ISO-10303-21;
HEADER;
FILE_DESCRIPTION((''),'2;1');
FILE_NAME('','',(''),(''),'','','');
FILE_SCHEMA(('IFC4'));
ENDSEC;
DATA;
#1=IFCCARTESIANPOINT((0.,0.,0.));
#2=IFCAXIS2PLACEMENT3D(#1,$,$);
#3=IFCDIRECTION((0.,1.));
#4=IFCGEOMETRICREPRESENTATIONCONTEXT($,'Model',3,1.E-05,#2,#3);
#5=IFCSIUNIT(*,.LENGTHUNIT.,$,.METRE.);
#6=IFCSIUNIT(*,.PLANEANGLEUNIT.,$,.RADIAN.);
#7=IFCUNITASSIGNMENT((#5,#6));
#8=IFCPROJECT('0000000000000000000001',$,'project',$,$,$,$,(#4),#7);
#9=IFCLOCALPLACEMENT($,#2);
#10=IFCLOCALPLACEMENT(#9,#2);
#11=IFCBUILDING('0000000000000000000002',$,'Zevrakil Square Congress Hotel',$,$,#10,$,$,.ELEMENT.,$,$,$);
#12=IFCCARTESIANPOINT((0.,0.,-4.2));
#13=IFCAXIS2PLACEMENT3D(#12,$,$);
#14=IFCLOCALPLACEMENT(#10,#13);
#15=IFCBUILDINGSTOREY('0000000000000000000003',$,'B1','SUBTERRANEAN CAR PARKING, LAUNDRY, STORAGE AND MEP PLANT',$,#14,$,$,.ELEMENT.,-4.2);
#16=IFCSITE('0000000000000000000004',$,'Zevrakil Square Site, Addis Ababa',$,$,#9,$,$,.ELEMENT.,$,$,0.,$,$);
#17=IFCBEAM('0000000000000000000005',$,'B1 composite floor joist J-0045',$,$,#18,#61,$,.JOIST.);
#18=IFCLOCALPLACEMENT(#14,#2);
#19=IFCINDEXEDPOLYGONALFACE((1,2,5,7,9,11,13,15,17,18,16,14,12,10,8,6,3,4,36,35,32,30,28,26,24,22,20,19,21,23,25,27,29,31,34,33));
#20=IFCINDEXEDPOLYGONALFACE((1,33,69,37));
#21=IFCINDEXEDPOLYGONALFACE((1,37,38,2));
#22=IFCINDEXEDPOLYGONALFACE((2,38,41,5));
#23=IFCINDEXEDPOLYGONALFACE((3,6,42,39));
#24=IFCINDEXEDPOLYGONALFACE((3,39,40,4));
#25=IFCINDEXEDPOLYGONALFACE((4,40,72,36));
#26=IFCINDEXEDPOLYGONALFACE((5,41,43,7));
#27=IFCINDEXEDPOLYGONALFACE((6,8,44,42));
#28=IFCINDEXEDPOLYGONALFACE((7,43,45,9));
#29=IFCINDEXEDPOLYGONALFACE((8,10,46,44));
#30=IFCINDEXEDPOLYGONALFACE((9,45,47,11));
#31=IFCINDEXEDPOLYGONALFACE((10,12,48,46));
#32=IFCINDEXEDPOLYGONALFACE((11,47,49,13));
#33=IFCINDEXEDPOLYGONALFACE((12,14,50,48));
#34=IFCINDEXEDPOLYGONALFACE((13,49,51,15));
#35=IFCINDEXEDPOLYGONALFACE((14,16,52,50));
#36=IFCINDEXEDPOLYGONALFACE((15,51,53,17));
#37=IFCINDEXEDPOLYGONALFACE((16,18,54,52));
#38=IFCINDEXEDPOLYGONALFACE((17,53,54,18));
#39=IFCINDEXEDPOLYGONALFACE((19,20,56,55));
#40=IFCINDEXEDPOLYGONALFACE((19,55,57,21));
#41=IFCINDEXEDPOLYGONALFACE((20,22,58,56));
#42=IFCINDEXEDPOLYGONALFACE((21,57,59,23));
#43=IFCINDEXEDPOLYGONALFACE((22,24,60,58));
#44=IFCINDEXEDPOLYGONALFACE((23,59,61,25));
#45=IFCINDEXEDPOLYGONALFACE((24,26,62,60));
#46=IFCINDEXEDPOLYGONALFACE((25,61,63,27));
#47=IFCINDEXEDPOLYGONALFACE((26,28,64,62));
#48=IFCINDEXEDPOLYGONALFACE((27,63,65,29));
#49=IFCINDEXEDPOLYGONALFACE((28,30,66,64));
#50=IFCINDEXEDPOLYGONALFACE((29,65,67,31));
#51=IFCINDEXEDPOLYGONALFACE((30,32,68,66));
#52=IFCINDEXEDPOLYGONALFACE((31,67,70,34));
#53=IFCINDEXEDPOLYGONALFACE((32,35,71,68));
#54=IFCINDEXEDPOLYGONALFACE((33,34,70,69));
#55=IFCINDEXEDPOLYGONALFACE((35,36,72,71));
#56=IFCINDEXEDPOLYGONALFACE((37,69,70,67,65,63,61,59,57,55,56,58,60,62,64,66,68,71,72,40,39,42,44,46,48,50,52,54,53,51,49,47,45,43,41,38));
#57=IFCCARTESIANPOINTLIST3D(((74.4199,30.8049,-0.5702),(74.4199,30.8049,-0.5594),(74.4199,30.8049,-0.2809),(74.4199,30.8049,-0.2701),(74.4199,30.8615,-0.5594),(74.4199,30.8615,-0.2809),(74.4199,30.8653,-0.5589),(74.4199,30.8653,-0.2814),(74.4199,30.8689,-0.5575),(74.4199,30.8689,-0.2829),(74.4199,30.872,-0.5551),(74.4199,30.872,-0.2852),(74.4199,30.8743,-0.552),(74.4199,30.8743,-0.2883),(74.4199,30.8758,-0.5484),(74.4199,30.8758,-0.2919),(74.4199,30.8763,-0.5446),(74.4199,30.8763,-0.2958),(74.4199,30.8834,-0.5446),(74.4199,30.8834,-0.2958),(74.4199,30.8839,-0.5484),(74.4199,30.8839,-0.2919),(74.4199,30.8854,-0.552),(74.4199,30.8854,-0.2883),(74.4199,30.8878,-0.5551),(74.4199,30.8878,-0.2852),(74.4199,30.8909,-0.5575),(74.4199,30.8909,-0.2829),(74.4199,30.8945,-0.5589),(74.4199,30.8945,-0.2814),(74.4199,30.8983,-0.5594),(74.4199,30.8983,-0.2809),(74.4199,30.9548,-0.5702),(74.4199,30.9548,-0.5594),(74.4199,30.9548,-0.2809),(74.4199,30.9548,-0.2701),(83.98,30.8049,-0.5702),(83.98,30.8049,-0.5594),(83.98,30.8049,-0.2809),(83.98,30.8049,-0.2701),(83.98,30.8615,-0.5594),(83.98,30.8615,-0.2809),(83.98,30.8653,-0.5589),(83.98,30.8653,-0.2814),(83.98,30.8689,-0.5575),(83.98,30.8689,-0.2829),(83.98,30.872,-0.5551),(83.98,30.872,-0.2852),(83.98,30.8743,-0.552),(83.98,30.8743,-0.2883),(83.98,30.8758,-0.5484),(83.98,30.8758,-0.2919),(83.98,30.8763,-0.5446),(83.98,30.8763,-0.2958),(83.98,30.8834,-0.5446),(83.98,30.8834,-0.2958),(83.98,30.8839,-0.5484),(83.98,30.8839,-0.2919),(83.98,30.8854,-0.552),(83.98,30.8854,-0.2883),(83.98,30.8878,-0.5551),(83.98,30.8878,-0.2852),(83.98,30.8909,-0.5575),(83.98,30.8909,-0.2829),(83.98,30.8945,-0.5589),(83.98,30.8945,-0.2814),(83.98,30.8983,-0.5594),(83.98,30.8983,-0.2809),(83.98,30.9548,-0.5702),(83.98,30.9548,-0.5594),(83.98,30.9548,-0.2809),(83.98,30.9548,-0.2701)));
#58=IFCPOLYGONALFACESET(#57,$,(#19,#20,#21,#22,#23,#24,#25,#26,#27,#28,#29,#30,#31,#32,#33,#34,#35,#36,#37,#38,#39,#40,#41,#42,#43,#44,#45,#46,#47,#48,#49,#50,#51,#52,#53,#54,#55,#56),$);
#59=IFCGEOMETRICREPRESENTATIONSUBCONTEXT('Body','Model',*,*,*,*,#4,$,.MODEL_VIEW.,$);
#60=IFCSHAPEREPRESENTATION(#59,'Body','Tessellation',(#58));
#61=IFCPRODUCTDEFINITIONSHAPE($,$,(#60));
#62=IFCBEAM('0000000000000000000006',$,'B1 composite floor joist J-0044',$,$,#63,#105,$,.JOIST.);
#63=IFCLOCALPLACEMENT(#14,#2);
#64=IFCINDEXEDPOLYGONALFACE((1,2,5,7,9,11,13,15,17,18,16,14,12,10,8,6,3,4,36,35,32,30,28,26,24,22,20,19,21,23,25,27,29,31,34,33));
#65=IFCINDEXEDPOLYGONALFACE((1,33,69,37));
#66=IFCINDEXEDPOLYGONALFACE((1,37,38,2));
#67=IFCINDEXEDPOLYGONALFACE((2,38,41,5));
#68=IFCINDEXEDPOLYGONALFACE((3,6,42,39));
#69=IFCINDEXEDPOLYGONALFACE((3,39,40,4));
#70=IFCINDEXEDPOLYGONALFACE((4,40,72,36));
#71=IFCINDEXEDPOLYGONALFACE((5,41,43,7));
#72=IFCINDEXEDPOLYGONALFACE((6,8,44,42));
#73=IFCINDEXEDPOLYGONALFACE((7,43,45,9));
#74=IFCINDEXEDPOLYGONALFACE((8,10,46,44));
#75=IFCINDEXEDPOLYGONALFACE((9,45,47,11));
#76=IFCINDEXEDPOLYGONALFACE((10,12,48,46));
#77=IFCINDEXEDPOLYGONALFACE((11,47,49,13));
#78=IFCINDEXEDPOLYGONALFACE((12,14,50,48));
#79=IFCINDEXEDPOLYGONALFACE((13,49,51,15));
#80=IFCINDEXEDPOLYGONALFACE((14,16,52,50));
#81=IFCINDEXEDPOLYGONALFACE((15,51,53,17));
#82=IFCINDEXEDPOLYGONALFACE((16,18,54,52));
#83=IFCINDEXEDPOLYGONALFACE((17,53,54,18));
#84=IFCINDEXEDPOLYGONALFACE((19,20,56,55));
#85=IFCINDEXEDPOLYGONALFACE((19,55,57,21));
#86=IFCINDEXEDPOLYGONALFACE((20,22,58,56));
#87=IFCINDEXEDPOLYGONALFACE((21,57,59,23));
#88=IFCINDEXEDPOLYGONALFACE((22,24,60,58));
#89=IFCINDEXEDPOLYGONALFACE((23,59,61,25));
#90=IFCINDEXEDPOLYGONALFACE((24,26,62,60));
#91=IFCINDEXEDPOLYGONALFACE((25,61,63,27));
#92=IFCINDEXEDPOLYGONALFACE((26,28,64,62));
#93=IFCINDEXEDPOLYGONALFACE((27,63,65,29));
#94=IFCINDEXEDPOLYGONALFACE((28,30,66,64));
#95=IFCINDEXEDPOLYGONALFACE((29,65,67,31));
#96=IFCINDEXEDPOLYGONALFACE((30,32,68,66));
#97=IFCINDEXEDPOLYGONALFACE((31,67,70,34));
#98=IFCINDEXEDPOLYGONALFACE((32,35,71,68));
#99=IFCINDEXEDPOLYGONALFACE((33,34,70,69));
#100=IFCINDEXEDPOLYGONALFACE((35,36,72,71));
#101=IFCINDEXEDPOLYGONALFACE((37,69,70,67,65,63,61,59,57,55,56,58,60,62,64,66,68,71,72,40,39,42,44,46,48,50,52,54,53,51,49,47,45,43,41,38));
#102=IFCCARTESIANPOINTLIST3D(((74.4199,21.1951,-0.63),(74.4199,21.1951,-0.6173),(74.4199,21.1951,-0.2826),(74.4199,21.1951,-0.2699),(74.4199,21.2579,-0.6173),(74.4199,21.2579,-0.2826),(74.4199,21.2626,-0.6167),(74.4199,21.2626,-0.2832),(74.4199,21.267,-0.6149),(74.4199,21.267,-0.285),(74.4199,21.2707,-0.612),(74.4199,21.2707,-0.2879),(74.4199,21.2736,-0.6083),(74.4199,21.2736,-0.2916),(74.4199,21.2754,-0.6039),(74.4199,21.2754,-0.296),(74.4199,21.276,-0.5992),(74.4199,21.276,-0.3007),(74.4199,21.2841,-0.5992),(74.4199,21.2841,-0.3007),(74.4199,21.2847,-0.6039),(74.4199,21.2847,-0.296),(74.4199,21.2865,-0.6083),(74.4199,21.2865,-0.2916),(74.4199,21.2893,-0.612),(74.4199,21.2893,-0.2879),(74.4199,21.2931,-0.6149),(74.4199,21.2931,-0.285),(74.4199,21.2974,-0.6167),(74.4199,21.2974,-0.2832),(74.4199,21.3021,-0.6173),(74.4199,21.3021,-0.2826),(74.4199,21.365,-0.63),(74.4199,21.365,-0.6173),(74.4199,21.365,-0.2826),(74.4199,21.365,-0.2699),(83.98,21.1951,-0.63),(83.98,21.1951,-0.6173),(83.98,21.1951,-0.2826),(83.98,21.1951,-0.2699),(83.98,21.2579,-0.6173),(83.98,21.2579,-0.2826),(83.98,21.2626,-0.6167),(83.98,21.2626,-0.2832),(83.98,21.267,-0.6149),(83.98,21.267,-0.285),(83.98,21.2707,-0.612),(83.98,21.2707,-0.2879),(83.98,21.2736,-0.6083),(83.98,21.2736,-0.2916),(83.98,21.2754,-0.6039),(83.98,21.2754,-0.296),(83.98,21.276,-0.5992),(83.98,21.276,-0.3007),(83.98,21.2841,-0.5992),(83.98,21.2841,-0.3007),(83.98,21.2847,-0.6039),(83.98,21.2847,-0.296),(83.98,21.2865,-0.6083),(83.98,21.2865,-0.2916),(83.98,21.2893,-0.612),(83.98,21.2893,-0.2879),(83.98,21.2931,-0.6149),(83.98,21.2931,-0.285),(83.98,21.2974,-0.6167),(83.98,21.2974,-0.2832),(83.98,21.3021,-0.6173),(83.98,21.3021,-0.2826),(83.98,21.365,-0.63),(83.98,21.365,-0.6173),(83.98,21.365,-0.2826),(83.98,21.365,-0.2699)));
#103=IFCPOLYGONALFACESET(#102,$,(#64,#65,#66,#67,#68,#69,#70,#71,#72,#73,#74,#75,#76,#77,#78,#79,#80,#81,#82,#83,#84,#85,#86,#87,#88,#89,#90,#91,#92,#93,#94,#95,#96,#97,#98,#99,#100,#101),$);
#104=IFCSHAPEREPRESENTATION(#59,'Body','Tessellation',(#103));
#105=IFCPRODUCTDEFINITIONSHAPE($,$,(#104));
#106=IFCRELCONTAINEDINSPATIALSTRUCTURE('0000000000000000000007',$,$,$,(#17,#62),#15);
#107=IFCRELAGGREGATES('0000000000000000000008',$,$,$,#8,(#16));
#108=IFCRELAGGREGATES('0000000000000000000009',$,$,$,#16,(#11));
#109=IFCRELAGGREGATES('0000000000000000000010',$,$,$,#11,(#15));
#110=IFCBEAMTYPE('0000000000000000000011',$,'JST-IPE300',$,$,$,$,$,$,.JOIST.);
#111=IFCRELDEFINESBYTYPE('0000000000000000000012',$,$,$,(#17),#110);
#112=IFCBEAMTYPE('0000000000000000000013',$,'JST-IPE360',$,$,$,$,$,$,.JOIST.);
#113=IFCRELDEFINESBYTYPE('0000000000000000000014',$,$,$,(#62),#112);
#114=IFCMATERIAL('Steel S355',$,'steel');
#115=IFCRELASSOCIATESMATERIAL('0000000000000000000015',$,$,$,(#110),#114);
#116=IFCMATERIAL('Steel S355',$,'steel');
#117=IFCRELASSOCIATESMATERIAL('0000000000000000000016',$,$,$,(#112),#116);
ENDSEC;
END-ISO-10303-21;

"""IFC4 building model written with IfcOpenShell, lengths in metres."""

from ifc_helpers import new_model, si_unit, direction, frame, origin, origin_2d, place, context, subcontext, project, spatial, i_section, extrude, material, material_profile, profile_set, type_object, element, save


model = new_model("IFC4")

# Units and contexts
model_context = context("Model", 3, precision=1e-05, world=origin(), true_north=direction((0.0, 1.0)))
body_context = subcontext(model_context, "Body", "Model", "MODEL_VIEW")
ifc_project = project(units=[si_unit("LENGTHUNIT", "METRE"), si_unit("PLANEANGLEUNIT", "RADIAN")], contexts=[model_context])

# Site, building, storey
site_placement = place(None, origin())
site = spatial("IfcSite", under=ifc_project, at=site_placement, Name="Zevrakil Square Site, Addis Ababa", CompositionType="ELEMENT", RefElevation=0.0)
building_placement = place(site_placement, origin())
building = spatial("IfcBuilding", under=site, at=building_placement, Name="Zevrakil Square Congress Hotel", CompositionType="ELEMENT")
storey_placement = place(building_placement, frame((0.0, 0.0, -4.2)))
storey = spatial("IfcBuildingStorey", under=building, at=storey_placement, Name="B1", Description="SUBTERRANEAN CAR PARKING, LAUNDRY, STORAGE AND MEP PLANT", CompositionType="ELEMENT", Elevation=-4.2)

# Beams
ifc_material_1 = material(Name="Steel S355", Category="steel")
ifc_material_profile_1 = material_profile(ifc_material_1, i_section(OverallWidth=0.1499, OverallDepth=0.3, WebThickness=0.0071, FlangeThickness=0.0107, FilletRadius=0.0149, at=origin_2d()), Name="IPE 300")
ifc_profile_set_1 = profile_set([ifc_material_profile_1], Name="Steel S355")
beam_type_1 = type_object("IfcBeamType", Name="JST-IPE300", PredefinedType="JOIST", material=ifc_profile_set_1)
beam_1_placement = place(storey_placement, frame((74.4199, 30.8799, -0.4202), z_axis=(1.0, 0.0, 0.0), x_axis=(0.0, 1.0, 0.0)))
element("IfcBeam", 1, at=beam_1_placement, inside=storey, type_object=beam_type_1, Name="B1 composite floor joist J-0045", PredefinedType="JOIST", context=body_context, shape_type="SweptSolid", body=[
    extrude(i_section(OverallWidth=0.1499, OverallDepth=0.3, WebThickness=0.0071, FlangeThickness=0.0107, FilletRadius=0.0149, at=origin_2d()), origin(), (0.0, 0.0, 1.0), 9.5601),
])
ifc_material_2 = material(Name="Steel S355", Category="steel")
ifc_material_profile_2 = material_profile(ifc_material_2, i_section(OverallWidth=0.1699, OverallDepth=0.3601, WebThickness=0.0081, FlangeThickness=0.0127, FilletRadius=0.0181, at=origin_2d()), Name="IPE 360")
ifc_profile_set_2 = profile_set([ifc_material_profile_2], Name="Steel S355")
beam_type_2 = type_object("IfcBeamType", Name="JST-IPE360", PredefinedType="JOIST", material=ifc_profile_set_2)
beam_2_placement = place(storey_placement, frame((74.4199, 21.28, -0.45), z_axis=(1.0, 0.0, 0.0), x_axis=(0.0, 1.0, 0.0)))
element("IfcBeam", 2, at=beam_2_placement, inside=storey, type_object=beam_type_2, Name="B1 composite floor joist J-0044", PredefinedType="JOIST", context=body_context, shape_type="SweptSolid", body=[
    extrude(i_section(OverallWidth=0.1699, OverallDepth=0.3601, WebThickness=0.0081, FlangeThickness=0.0127, FilletRadius=0.0181, at=origin_2d()), origin(), (0.0, 0.0, 1.0), 9.5601),
])

save(model, "model.ifc")
